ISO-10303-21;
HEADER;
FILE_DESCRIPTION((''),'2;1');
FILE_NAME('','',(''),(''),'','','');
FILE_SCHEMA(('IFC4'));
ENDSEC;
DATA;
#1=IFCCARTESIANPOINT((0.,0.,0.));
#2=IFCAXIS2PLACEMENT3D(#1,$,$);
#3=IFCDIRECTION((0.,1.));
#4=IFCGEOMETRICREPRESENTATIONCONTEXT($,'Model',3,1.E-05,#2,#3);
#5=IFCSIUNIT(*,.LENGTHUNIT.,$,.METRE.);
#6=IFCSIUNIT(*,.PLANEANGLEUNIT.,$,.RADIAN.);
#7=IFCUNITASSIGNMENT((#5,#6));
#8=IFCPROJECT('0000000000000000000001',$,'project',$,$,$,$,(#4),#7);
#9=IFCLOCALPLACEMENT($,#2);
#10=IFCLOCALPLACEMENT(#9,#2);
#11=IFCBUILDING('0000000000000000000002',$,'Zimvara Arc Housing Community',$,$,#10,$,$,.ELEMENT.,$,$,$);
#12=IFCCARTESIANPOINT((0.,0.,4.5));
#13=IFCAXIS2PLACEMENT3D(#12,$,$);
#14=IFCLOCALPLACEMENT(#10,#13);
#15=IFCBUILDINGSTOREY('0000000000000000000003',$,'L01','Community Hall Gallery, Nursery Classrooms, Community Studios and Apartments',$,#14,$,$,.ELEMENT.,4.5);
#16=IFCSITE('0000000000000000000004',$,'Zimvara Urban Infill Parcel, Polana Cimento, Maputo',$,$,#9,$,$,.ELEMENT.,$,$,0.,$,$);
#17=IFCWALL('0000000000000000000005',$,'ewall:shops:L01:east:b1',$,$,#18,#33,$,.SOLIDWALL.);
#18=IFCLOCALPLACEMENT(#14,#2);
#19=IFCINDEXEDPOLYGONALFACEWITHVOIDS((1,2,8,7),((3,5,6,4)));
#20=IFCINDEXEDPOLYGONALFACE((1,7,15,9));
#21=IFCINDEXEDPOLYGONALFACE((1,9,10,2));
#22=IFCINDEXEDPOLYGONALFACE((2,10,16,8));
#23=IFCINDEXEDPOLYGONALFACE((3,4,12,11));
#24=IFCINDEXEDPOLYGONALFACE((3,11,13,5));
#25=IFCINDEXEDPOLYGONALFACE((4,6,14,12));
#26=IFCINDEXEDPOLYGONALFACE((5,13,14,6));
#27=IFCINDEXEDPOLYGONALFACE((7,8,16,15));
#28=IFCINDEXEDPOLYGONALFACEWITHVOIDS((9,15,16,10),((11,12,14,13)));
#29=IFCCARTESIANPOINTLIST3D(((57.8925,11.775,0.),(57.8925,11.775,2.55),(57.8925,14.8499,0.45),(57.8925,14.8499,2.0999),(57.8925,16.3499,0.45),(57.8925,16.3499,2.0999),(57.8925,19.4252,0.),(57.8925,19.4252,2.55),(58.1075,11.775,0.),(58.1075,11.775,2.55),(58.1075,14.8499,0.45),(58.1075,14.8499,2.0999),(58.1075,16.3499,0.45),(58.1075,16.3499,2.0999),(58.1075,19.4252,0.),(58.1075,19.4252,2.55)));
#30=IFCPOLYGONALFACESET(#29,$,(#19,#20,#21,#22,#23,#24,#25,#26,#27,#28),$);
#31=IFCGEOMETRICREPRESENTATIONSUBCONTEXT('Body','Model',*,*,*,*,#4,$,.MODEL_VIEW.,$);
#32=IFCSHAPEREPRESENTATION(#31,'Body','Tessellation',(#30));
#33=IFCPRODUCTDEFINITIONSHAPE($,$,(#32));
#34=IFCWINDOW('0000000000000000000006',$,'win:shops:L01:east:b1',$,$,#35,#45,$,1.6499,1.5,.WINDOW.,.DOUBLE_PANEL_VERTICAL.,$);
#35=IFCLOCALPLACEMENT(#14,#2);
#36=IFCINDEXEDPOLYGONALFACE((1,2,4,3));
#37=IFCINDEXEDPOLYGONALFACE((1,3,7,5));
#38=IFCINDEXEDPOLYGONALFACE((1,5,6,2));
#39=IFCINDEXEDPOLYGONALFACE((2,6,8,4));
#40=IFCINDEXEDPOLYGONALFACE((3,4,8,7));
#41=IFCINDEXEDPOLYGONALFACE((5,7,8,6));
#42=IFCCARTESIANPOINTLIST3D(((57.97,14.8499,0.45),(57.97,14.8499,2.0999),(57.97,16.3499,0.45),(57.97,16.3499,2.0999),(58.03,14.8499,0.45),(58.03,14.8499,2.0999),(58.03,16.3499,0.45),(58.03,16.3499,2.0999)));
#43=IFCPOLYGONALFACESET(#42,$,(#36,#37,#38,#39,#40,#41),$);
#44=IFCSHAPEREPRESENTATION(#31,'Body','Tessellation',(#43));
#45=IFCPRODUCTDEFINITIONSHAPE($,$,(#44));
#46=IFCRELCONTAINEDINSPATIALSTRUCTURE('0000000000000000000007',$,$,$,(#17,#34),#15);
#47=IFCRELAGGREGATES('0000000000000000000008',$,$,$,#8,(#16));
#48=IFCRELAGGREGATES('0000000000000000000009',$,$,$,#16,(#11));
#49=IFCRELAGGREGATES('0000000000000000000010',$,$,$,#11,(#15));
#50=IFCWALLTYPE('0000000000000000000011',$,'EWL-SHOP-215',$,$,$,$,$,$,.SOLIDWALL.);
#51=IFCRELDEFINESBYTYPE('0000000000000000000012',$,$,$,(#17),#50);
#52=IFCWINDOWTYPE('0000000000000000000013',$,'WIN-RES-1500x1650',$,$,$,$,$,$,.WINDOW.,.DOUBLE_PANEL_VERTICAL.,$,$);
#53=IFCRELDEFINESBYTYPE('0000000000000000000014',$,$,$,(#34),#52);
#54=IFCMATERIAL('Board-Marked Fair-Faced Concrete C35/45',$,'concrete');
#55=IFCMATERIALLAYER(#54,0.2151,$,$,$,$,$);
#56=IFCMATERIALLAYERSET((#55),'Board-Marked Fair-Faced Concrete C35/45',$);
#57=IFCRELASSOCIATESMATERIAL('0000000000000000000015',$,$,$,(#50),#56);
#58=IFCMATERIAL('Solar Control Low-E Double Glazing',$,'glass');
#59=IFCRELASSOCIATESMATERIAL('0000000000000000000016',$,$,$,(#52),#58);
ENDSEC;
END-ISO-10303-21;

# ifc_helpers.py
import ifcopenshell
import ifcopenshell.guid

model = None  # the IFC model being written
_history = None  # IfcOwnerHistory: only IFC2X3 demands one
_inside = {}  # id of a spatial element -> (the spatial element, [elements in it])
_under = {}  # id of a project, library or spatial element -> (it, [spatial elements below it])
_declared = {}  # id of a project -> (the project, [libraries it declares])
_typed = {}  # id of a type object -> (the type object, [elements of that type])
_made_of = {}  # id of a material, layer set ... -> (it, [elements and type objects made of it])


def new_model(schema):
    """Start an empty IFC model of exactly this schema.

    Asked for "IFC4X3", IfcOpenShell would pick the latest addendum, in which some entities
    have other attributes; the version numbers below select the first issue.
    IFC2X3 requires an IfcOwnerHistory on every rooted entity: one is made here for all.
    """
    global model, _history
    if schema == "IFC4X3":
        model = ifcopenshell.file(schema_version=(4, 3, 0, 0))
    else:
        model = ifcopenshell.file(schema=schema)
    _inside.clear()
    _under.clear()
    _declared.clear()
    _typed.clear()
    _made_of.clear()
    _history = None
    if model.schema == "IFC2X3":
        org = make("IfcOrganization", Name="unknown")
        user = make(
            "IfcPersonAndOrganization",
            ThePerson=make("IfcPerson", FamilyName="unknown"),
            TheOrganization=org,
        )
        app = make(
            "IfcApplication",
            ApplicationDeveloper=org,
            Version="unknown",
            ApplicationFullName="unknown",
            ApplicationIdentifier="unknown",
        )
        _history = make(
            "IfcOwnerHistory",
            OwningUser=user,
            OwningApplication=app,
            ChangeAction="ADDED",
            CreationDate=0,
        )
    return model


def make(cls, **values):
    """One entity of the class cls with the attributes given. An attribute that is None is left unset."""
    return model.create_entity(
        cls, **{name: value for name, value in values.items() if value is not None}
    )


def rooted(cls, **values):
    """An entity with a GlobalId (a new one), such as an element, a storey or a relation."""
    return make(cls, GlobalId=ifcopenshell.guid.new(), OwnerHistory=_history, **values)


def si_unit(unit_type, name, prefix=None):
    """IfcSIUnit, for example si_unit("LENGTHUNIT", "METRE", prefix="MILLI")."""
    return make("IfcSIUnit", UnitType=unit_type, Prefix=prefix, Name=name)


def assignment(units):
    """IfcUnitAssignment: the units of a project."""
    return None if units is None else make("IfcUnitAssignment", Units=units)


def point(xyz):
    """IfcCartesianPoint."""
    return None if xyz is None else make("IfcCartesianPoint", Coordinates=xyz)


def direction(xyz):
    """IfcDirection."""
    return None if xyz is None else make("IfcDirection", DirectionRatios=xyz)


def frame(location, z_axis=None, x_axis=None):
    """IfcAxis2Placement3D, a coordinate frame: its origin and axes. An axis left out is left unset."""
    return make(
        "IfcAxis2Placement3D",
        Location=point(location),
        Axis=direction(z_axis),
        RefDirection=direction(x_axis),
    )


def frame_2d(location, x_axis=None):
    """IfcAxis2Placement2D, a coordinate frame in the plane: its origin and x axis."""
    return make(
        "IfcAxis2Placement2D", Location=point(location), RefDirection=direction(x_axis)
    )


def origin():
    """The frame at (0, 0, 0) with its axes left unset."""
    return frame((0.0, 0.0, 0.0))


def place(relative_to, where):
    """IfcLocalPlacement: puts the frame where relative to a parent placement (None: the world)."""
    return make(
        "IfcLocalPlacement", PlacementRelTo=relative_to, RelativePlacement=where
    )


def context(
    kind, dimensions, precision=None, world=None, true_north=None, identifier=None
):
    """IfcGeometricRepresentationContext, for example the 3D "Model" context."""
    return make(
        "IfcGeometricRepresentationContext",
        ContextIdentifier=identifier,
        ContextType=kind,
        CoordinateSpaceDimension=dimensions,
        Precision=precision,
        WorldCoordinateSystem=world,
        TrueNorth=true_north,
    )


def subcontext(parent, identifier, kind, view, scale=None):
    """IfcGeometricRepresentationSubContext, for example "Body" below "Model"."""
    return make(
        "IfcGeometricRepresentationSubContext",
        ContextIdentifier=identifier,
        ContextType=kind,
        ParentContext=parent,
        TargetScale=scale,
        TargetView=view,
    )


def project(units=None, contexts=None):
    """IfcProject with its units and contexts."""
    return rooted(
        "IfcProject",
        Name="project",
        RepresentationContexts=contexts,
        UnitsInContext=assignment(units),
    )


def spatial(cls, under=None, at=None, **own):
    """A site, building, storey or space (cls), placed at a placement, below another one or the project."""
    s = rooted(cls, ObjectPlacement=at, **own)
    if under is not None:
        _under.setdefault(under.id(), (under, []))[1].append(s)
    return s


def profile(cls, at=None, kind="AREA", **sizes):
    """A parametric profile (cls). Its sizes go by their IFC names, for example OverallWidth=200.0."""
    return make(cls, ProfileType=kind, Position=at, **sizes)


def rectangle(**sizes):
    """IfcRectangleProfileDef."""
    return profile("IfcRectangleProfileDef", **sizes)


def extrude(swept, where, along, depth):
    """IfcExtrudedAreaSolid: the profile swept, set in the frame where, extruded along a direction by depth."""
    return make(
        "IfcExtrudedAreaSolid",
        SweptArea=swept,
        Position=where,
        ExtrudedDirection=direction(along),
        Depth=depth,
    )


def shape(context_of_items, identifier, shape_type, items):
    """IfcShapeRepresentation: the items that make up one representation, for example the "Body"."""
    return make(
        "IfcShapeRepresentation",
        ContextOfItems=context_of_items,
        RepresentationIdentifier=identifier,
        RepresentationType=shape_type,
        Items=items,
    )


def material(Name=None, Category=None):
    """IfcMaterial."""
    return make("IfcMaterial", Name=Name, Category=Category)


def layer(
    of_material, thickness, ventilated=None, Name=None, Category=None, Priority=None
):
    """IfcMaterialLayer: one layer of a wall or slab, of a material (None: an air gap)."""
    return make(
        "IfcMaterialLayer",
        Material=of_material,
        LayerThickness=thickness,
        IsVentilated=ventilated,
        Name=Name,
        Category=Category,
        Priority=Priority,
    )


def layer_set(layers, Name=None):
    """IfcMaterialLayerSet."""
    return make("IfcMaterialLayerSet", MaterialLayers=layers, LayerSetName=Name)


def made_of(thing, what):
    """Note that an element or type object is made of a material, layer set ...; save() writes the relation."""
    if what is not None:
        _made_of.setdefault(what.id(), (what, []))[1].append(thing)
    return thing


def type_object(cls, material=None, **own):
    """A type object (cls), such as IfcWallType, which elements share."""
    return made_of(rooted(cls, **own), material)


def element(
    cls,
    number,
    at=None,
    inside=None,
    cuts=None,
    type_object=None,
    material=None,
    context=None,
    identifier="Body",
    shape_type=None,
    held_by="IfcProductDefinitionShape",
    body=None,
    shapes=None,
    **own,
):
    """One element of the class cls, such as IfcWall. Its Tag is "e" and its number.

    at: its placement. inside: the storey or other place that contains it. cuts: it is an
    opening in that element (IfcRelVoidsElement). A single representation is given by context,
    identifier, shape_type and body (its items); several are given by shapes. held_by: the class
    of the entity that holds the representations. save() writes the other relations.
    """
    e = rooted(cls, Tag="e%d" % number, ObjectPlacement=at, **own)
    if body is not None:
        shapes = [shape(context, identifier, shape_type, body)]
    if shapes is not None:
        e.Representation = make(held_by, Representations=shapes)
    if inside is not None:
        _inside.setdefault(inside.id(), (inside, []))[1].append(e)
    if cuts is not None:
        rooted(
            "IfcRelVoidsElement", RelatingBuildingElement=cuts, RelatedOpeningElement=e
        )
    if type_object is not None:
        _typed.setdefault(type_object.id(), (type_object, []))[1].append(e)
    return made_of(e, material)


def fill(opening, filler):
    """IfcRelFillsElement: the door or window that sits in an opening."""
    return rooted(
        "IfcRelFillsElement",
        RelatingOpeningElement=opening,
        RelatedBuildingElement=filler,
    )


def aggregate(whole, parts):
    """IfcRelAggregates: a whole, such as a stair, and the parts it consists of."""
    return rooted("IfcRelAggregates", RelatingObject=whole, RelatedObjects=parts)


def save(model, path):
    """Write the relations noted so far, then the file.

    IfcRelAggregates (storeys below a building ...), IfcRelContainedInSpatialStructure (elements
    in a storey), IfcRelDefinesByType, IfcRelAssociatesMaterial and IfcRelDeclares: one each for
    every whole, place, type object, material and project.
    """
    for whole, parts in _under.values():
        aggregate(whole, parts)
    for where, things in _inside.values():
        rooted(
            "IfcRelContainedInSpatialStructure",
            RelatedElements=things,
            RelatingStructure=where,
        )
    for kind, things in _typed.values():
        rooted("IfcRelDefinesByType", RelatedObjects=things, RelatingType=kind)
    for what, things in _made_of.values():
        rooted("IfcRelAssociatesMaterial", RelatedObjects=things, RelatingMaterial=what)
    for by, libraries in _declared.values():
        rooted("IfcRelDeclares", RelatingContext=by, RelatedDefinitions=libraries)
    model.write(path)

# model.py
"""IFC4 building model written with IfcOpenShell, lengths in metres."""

from ifc_helpers import new_model, si_unit, direction, frame, frame_2d, origin, place, context, subcontext, project, spatial, rectangle, extrude, material, layer, layer_set, type_object, element, fill, save


model = new_model("IFC4")

# Units and contexts
model_context = context("Model", 3, precision=1e-05, world=origin(), true_north=direction((0.0, 1.0)))
body_context = subcontext(model_context, "Body", "Model", "MODEL_VIEW")
ifc_project = project(units=[si_unit("LENGTHUNIT", "METRE"), si_unit("PLANEANGLEUNIT", "RADIAN")], contexts=[model_context])

# Site, building, storey
site_placement = place(None, origin())
site = spatial("IfcSite", under=ifc_project, at=site_placement, Name="Zimvara Urban Infill Parcel, Polana Cimento, Maputo", CompositionType="ELEMENT", RefElevation=0.0)
building_placement = place(site_placement, origin())
building = spatial("IfcBuilding", under=site, at=building_placement, Name="Zimvara Arc Housing Community", CompositionType="ELEMENT")
storey_placement = place(building_placement, frame((0.0, 0.0, 4.5)))
storey = spatial("IfcBuildingStorey", under=building, at=storey_placement, Name="L01", Description="Community Hall Gallery, Nursery Classrooms, Community Studios and Apartments", CompositionType="ELEMENT", Elevation=4.5)

# Wall, opening, window
ifc_material_1 = material(Name="Board-Marked Fair-Faced Concrete C35/45", Category="concrete")
ifc_layer_1 = layer(ifc_material_1, 0.2151)
ifc_layer_set_1 = layer_set([ifc_layer_1], Name="Board-Marked Fair-Faced Concrete C35/45")
wall_type_1 = type_object("IfcWallType", Name="EWL-SHOP-215", PredefinedType="SOLIDWALL", material=ifc_layer_set_1)
ifc_material_2 = material(Name="Solar Control Low-E Double Glazing", Category="glass")
window_type = type_object("IfcWindowType", Name="WIN-RES-1500x1650", PartitioningType="DOUBLE_PANEL_VERTICAL", PredefinedType="WINDOW", material=ifc_material_2)
wall_1_placement = place(storey_placement, frame((58.0, 11.7749, 0.0), z_axis=(0.0, 0.0, 1.0), x_axis=(0.0, 1.0, 0.0)))
wall_1 = element("IfcWall", 1, at=wall_1_placement, inside=storey, type_object=wall_type_1, Name="ewall:shops:L01:east:b1", PredefinedType="SOLIDWALL", context=body_context, shape_type="SweptSolid", body=[
    extrude(rectangle(XDim=7.6501, YDim=0.2151, at=frame_2d((3.8252, 0.0))), origin(), (0.0, 0.0, 1.0), 2.55),
])
opening_1_placement = place(wall_1_placement, frame((3.075, 0.0, 0.45)))
opening_1 = element("IfcOpeningElement", 2, at=opening_1_placement, cuts=wall_1, PredefinedType="OPENING", context=body_context, shape_type="SweptSolid", body=[
    extrude(rectangle(XDim=1.5, YDim=1.6499, at=frame_2d((0.75, 0.825))), frame((0.0, 0.1174, 0.0), z_axis=(0.0, -1.0, 0.0), x_axis=(1.0, 0.0, 0.0)), (0.0, 0.0, 1.0), 0.2351),
])
window_1_placement = place(opening_1_placement, origin())
window_1 = element("IfcWindow", 3, at=window_1_placement, inside=storey, type_object=window_type, Name="win:shops:L01:east:b1", OverallHeight=1.6499, OverallWidth=1.5, PartitioningType="DOUBLE_PANEL_VERTICAL", PredefinedType="WINDOW", context=body_context, shape_type="SweptSolid", body=[
    extrude(rectangle(XDim=1.5, YDim=1.6499, at=frame_2d((0.75, 0.825))), frame((0.0, 0.03, 0.0), z_axis=(0.0, -1.0, 0.0), x_axis=(1.0, 0.0, 0.0)), (0.0, 0.0, 1.0), 0.0601),
])
fill(opening_1, window_1)

save(model, "model.ifc")
